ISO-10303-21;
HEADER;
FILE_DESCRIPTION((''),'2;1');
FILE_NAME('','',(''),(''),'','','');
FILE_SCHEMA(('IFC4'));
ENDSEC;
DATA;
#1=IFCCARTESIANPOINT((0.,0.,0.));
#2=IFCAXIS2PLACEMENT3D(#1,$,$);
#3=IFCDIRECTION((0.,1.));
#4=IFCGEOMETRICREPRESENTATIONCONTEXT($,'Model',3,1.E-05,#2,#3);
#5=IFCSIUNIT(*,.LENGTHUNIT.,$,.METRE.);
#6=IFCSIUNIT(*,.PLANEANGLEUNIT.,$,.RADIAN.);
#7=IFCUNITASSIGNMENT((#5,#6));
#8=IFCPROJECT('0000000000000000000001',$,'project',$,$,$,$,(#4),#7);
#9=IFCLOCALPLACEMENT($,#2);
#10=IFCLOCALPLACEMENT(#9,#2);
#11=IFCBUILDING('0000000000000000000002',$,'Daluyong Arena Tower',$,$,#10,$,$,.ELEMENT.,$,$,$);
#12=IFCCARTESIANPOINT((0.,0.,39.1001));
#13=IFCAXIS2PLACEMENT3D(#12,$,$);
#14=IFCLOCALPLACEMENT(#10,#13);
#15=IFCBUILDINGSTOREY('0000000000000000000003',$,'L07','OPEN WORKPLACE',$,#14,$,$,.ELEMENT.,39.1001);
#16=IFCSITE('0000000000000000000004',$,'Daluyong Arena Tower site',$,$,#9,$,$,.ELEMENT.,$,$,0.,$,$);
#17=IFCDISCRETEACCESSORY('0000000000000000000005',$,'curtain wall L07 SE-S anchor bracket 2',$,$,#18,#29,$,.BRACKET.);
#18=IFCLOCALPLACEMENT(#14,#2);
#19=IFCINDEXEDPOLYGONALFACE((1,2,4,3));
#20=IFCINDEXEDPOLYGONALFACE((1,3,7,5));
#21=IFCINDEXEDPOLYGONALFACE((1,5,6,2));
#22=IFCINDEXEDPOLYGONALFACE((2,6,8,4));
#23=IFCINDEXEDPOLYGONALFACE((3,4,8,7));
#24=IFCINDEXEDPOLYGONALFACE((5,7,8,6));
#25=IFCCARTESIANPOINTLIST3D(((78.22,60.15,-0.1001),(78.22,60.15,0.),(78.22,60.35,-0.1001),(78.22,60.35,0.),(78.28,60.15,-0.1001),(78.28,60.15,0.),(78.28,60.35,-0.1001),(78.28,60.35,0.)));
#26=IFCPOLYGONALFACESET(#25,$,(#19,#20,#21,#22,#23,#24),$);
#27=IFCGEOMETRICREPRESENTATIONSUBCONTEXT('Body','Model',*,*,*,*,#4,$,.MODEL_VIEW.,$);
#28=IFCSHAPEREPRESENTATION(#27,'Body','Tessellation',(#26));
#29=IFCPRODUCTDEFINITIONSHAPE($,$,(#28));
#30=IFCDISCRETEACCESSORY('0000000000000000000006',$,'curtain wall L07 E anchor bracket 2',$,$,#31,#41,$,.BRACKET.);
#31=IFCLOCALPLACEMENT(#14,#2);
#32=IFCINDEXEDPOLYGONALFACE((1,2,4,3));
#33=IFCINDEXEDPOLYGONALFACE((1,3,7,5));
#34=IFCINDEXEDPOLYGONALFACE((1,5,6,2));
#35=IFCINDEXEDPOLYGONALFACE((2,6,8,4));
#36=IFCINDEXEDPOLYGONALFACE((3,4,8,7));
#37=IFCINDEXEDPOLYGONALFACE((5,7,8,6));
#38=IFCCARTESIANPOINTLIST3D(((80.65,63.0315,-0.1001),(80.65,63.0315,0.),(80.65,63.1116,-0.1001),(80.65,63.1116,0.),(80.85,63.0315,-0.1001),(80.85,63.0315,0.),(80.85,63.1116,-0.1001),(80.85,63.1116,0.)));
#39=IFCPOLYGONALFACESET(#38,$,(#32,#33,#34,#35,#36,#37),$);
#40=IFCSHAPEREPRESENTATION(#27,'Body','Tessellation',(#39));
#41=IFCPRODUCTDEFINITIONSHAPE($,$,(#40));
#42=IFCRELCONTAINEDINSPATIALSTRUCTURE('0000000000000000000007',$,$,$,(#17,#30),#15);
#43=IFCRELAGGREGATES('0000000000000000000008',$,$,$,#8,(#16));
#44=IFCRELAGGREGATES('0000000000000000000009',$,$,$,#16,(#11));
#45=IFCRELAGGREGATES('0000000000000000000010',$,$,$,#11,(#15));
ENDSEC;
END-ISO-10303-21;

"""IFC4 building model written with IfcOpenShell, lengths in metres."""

from ifc_helpers import new_model, si_unit, direction, frame, origin, origin_2d, place, context, subcontext, project, spatial, rectangle, extrude, element, save


model = new_model("IFC4")

# Units and contexts
model_context = context("Model", 3, precision=1e-05, world=origin(), true_north=direction((0.0, 1.0)))
body_context = subcontext(model_context, "Body", "Model", "MODEL_VIEW")
ifc_project = project(units=[si_unit("LENGTHUNIT", "METRE"), si_unit("PLANEANGLEUNIT", "RADIAN")], contexts=[model_context])

# Site, building, storey
site_placement = place(None, origin())
site = spatial("IfcSite", under=ifc_project, at=site_placement, Name="Daluyong Arena Tower site", CompositionType="ELEMENT", RefElevation=0.0)
building_placement = place(site_placement, origin())
building = spatial("IfcBuilding", under=site, at=building_placement, Name="Daluyong Arena Tower", CompositionType="ELEMENT")
storey_placement = place(building_placement, frame((0.0, 0.0, 39.1001)))
storey = spatial("IfcBuildingStorey", under=building, at=storey_placement, Name="L07", Description="OPEN WORKPLACE", CompositionType="ELEMENT", Elevation=39.1001)

# Discrete accessories
for number, where, z_axis, x_axis, name in (
    (1, (78.25, 60.25, -0.1001), (0.0, 0.0, 1.0), (1.0, 0.0, 0.0), "curtain wall L07 SE-S anchor bracket 2"),
):
    element("IfcDiscreteAccessory", number, at=place(storey_placement, frame(where, z_axis=z_axis, x_axis=x_axis)), inside=storey, Name=name, PredefinedType="BRACKET", context=body_context, shape_type="SweptSolid", body=[
        extrude(rectangle(XDim=0.0601, YDim=0.2, at=origin_2d()), origin(), (0.0, 0.0, 1.0), 0.1001),
    ])
discrete_accessory_1_placement = place(storey_placement, frame((80.75, 63.0715, -0.1001), z_axis=(0.0, 0.0, 1.0), x_axis=(0.0, 1.0, 0.0)))
element("IfcDiscreteAccessory", 2, at=discrete_accessory_1_placement, inside=storey, Name="curtain wall L07 E anchor bracket 2", PredefinedType="BRACKET", context=body_context, shape_type="SweptSolid", body=[
    extrude(rectangle(XDim=0.0801, YDim=0.2, at=origin_2d()), origin(), (0.0, 0.0, 1.0), 0.1001),
])

save(model, "model.ifc")
